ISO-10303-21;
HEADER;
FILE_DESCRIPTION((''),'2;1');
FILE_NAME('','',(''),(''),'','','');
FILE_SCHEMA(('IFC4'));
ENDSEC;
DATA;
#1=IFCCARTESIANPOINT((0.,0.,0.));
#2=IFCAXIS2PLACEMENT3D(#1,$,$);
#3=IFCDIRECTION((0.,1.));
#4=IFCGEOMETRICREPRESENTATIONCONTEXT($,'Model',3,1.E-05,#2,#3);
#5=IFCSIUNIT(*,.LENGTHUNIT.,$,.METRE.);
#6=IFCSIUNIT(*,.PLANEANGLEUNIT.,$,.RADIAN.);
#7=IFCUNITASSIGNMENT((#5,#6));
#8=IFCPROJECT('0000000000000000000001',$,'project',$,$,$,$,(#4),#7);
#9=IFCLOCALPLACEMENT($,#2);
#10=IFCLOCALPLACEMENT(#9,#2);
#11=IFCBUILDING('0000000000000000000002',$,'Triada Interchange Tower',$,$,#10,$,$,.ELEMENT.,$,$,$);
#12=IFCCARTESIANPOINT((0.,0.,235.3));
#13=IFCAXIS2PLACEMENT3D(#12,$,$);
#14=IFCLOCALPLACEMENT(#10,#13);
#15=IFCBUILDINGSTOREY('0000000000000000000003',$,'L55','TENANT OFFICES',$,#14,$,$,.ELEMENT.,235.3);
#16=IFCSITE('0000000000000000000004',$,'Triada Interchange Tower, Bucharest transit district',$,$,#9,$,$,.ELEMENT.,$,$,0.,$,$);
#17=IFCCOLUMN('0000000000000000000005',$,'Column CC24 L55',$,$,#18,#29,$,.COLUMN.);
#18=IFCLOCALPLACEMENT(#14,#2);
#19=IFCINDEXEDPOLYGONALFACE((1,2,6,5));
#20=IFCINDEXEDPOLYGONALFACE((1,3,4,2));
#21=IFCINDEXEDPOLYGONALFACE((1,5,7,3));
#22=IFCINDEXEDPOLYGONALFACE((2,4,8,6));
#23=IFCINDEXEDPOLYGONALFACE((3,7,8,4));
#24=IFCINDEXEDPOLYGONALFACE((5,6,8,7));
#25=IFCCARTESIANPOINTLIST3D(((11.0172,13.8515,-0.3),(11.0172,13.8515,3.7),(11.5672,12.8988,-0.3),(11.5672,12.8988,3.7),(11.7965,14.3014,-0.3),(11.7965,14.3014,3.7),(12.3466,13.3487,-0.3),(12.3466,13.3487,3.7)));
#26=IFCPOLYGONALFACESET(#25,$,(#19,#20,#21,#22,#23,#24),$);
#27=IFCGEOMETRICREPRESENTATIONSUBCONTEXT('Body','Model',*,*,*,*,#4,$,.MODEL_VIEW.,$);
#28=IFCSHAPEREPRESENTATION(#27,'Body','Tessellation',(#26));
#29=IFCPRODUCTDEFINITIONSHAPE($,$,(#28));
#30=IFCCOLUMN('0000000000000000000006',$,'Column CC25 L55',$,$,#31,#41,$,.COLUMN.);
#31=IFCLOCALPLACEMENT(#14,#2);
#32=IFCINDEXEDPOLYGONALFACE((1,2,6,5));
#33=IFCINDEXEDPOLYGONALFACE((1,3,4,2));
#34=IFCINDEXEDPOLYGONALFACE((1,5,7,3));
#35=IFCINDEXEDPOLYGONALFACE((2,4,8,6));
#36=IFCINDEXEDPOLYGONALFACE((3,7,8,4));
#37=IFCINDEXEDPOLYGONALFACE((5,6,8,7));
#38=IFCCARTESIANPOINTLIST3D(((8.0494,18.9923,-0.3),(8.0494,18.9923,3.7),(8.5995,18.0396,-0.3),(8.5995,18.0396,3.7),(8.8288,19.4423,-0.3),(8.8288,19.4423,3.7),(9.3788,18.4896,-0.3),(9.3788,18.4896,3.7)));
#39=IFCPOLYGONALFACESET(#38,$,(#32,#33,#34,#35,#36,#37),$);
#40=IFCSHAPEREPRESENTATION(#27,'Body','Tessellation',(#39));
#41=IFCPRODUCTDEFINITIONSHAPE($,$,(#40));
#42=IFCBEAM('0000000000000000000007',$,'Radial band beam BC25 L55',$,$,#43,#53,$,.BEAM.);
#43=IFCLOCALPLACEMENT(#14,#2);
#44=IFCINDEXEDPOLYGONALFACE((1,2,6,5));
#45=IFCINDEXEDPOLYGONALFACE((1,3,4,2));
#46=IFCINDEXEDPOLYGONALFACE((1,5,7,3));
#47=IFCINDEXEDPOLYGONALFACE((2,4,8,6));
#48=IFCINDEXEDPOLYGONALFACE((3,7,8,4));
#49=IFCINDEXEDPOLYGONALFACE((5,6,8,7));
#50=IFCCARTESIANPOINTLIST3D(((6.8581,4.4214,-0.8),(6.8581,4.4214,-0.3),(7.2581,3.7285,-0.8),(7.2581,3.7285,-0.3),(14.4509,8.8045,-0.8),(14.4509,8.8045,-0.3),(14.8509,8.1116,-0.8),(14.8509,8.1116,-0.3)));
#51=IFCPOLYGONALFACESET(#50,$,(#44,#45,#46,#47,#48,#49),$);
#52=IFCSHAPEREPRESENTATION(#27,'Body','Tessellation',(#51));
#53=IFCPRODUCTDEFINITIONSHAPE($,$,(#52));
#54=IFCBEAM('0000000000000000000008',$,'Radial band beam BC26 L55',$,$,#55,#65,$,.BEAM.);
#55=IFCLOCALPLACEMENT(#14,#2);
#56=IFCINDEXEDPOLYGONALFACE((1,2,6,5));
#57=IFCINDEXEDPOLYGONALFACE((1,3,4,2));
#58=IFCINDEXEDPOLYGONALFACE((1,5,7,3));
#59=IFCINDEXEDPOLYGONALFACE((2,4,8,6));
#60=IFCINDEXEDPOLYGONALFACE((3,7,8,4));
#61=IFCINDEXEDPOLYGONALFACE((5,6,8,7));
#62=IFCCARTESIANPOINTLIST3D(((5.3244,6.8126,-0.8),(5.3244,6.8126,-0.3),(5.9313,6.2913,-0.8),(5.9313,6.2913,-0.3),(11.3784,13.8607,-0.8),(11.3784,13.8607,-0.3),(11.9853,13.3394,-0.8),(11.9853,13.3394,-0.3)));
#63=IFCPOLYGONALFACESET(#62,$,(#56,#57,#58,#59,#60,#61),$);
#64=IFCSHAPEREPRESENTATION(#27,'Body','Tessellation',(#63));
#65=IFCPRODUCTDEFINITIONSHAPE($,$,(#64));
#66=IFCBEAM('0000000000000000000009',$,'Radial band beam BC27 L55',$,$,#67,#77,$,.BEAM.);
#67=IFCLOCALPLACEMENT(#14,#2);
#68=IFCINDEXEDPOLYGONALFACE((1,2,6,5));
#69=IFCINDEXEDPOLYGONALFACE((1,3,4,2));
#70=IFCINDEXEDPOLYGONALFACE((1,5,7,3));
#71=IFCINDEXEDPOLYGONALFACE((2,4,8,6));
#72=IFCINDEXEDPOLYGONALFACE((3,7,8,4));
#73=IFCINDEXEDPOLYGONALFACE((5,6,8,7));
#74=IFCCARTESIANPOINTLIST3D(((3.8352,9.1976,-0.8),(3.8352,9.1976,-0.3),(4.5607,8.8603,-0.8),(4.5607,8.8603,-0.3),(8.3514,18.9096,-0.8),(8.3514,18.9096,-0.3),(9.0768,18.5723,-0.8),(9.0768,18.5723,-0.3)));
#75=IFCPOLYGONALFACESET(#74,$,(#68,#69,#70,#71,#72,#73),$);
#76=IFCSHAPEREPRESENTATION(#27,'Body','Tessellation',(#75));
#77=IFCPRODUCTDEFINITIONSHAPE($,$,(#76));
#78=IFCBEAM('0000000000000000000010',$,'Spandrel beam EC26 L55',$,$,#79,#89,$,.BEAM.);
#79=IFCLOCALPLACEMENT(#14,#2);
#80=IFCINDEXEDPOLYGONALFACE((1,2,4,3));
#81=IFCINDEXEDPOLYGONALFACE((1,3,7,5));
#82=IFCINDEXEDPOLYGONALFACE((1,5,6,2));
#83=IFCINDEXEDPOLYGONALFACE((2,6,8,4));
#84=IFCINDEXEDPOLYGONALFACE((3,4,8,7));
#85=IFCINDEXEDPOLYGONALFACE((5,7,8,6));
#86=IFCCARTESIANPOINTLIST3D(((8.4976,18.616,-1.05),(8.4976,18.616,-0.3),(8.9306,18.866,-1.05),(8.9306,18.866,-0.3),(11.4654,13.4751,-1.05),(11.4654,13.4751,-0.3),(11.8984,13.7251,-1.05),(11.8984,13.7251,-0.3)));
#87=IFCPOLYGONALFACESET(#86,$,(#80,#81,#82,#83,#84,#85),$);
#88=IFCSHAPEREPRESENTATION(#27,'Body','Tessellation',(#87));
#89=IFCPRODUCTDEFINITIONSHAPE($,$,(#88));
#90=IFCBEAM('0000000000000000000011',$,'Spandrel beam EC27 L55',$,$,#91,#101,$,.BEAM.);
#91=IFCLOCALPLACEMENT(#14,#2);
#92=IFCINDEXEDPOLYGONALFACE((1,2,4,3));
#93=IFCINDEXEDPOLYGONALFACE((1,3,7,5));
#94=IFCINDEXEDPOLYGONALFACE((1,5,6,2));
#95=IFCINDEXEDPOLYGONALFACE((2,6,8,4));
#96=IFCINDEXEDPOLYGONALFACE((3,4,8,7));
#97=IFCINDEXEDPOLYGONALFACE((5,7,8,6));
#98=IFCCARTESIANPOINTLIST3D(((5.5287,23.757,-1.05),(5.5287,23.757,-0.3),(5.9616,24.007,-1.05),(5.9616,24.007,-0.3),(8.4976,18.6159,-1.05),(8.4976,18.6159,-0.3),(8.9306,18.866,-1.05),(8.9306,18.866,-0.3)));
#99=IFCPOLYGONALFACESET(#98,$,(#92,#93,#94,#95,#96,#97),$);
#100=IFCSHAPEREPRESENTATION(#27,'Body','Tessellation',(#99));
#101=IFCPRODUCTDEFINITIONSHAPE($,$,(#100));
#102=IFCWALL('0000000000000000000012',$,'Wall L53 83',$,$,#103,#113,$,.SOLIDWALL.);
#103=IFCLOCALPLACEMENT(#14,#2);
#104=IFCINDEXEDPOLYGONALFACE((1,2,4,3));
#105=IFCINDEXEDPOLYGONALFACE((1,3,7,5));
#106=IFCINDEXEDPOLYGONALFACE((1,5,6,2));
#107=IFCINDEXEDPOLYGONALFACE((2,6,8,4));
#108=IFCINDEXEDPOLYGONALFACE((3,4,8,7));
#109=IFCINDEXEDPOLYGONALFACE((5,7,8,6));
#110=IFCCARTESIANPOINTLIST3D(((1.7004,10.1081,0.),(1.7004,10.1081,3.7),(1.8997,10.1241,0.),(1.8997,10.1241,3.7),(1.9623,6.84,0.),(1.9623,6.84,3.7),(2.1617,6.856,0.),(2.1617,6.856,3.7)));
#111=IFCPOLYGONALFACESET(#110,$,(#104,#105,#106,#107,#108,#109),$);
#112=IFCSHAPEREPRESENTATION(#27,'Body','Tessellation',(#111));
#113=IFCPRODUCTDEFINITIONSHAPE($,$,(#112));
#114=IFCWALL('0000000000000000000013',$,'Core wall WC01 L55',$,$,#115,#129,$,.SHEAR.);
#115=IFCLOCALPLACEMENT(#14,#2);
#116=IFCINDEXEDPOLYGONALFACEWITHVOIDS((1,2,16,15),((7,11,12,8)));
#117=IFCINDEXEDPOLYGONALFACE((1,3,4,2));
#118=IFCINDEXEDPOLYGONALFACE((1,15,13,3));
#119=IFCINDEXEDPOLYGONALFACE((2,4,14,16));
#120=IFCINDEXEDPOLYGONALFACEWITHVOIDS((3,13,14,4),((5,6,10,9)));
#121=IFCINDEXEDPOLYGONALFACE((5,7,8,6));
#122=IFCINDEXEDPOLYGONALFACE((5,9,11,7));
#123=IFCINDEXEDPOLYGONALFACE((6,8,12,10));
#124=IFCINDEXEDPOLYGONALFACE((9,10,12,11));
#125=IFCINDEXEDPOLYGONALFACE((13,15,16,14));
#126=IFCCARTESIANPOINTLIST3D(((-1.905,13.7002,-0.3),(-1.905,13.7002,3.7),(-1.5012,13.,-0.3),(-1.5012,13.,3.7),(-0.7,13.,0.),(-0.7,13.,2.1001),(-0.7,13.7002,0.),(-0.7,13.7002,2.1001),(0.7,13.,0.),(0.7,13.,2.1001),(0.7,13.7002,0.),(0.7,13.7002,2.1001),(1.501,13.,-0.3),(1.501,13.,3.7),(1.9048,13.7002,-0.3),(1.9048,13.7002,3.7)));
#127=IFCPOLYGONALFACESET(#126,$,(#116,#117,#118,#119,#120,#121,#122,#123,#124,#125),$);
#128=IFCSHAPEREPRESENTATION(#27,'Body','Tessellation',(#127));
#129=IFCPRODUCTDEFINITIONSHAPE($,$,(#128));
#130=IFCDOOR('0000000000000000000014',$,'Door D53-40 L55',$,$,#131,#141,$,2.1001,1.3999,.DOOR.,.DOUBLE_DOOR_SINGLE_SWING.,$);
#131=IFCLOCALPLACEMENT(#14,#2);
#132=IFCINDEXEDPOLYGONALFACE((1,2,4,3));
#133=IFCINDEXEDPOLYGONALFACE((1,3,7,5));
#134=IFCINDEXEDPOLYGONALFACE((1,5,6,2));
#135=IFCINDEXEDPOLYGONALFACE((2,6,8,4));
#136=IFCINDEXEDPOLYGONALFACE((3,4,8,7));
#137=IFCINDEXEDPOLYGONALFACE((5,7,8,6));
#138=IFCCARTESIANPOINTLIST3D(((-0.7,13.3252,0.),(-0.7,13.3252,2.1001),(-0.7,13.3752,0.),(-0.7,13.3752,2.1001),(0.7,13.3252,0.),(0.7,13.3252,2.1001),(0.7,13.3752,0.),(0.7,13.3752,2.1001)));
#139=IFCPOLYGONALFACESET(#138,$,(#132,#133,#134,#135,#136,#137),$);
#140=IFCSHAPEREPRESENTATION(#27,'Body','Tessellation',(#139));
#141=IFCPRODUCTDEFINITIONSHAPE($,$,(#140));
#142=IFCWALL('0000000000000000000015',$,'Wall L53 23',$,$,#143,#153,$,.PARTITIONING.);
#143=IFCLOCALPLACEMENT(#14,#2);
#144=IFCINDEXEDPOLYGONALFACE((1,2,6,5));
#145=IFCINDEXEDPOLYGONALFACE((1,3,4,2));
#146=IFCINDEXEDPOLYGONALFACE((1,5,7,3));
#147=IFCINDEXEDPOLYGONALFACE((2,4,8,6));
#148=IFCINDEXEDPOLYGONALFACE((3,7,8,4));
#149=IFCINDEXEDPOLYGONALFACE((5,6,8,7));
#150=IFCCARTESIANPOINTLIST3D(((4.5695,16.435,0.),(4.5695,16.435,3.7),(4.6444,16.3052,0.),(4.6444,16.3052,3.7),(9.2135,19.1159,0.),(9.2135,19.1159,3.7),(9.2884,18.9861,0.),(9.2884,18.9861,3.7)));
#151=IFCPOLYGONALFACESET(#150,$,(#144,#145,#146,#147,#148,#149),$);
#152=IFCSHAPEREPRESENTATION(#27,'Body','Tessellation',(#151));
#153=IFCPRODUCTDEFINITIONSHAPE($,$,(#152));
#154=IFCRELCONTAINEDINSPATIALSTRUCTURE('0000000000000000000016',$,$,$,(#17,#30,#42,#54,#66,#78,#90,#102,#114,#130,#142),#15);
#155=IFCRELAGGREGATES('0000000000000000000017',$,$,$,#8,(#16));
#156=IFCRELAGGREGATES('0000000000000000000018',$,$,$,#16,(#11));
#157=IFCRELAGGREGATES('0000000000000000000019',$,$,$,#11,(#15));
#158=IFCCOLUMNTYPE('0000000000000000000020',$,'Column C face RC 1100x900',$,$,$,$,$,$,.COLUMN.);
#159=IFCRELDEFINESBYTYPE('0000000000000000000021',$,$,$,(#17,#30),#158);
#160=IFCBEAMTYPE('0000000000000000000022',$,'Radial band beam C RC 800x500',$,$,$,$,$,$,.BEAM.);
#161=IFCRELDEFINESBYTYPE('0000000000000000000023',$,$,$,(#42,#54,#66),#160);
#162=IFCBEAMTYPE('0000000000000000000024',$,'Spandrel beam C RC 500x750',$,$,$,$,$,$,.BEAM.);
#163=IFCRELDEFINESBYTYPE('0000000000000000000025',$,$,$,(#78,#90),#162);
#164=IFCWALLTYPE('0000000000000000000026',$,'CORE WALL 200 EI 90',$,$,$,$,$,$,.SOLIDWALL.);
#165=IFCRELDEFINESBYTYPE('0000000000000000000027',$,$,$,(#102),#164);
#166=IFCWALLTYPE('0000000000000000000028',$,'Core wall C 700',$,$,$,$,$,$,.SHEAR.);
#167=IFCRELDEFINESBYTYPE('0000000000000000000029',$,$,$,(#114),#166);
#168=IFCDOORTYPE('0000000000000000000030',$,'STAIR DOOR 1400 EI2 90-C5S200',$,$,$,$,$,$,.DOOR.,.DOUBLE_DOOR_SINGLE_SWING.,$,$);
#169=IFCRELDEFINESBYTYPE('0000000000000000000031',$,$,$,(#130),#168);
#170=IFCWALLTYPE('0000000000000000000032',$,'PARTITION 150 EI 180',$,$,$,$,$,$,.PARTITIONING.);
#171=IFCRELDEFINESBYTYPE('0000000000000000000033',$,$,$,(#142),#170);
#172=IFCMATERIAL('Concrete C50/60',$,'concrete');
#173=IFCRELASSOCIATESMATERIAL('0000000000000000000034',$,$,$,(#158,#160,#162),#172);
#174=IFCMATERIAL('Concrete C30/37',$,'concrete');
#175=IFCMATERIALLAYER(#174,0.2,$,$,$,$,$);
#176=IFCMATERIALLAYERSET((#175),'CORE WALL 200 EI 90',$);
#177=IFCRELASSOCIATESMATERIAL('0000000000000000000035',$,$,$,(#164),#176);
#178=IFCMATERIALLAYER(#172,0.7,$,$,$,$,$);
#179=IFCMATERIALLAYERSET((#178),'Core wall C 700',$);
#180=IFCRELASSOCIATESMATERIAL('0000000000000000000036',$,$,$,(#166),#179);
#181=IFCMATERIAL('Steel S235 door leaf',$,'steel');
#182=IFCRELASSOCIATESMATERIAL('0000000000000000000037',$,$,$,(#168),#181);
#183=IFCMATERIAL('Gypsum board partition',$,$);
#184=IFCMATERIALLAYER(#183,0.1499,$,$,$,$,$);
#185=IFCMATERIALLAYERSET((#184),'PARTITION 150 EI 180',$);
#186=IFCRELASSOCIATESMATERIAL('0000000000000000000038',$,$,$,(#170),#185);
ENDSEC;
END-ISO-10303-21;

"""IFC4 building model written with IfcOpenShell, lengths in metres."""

from ifc_helpers import new_model, si_unit, direction, frame, frame_2d, origin, origin_2d, place, context, subcontext, project, spatial, polyline, rectangle, outline, extrude, material, layer, layer_set, material_profile, profile_set, type_object, element, fill, save


model = new_model("IFC4")

# Units and contexts
model_context = context("Model", 3, precision=1e-05, world=origin(), true_north=direction((0.0, 1.0)))
body_context = subcontext(model_context, "Body", "Model", "MODEL_VIEW")
ifc_project = project(units=[si_unit("LENGTHUNIT", "METRE"), si_unit("PLANEANGLEUNIT", "RADIAN")], contexts=[model_context])

# Site, building, storey
site_placement = place(None, origin())
site = spatial("IfcSite", under=ifc_project, at=site_placement, Name="Triada Interchange Tower, Bucharest transit district", CompositionType="ELEMENT", RefElevation=0.0)
building_placement = place(site_placement, origin())
building = spatial("IfcBuilding", under=site, at=building_placement, Name="Triada Interchange Tower", CompositionType="ELEMENT")
storey_placement = place(building_placement, frame((0.0, 0.0, 235.3)))
storey = spatial("IfcBuildingStorey", under=building, at=storey_placement, Name="L55", Description="TENANT OFFICES", CompositionType="ELEMENT", Elevation=235.3)

# Columns
ifc_material_1 = material(Name="Concrete C50/60", Category="concrete")
ifc_material_profile_1 = material_profile(ifc_material_1, rectangle(XDim=1.1001, YDim=0.8999, at=origin_2d()), Name="RC 1100x900")
ifc_profile_set_1 = profile_set([ifc_material_profile_1], Name="Concrete C50/60")
column_type = type_object("IfcColumnType", Name="Column C face RC 1100x900", PredefinedType="COLUMN", material=ifc_profile_set_1)
for number, where, z_axis, x_axis, name in (
    (1, (11.6819, 13.6001, -0.3), (0.0, 0.0, 1.0), (-0.5, 0.866025, 0.0), "Column CC24 L55"),
    (2, (8.7141, 18.741, -0.3), (0.0, 0.0, 1.0), (-0.5, 0.866025, 0.0), "Column CC25 L55"),
):
    element("IfcColumn", number, at=place(storey_placement, frame(where, z_axis=z_axis, x_axis=x_axis)), inside=storey, type_object=column_type, Name=name, PredefinedType="COLUMN", context=body_context, shape_type="SweptSolid", body=[
        extrude(rectangle(XDim=1.1001, YDim=0.8999, at=origin_2d()), origin(), (0.0, 0.0, 1.0), 4.0),
    ])

# Beams
ifc_material_profile_2 = material_profile(ifc_material_1, rectangle(XDim=0.8, YDim=0.5, at=origin_2d()), Name="RC 800x500")
ifc_profile_set_2 = profile_set([ifc_material_profile_2], Name="Concrete C50/60")
beam_type_1 = type_object("IfcBeamType", Name="Radial band beam C RC 800x500", PredefinedType="BEAM", material=ifc_profile_set_2)
beam_1_placement = place(storey_placement, frame((14.6509, 8.458, -0.55), z_axis=(-0.866057, -0.499946, 0.0), x_axis=(0.499946, -0.866057, 0.0)))
element("IfcBeam", 3, at=beam_1_placement, inside=storey, type_object=beam_type_1, Name="Radial band beam BC25 L55", PredefinedType="BEAM", context=body_context, shape_type="SweptSolid", body=[
    extrude(rectangle(XDim=0.8, YDim=0.5, at=origin_2d()), origin(), (0.0, 0.0, 1.0), 8.7671),
])
beam_2_placement = place(storey_placement, frame((11.6819, 13.6001, -0.55), z_axis=(-0.651581, -0.758579, 0.0), x_axis=(0.758579, -0.651581, 0.0)))
element("IfcBeam", 4, at=beam_2_placement, inside=storey, type_object=beam_type_1, Name="Radial band beam BC26 L55", PredefinedType="BEAM", context=body_context, shape_type="SweptSolid", body=[
    extrude(rectangle(XDim=0.8, YDim=0.5, at=origin_2d()), origin(), (0.0, 0.0, 1.0), 9.2913),
])
beam_3_placement = place(storey_placement, frame((8.7141, 18.741, -0.55), z_axis=(-0.42165, -0.906759, 0.0), x_axis=(0.906759, -0.42165, 0.0)))
element("IfcBeam", 5, at=beam_3_placement, inside=storey, type_object=beam_type_1, Name="Radial band beam BC27 L55", PredefinedType="BEAM", context=body_context, shape_type="SweptSolid", body=[
    extrude(rectangle(XDim=0.8, YDim=0.5, at=origin_2d()), origin(), (0.0, 0.0, 1.0), 10.7107),
])
ifc_material_profile_3 = material_profile(ifc_material_1, rectangle(XDim=0.5, YDim=0.75, at=origin_2d()), Name="RC 500x750")
ifc_profile_set_3 = profile_set([ifc_material_profile_3], Name="Concrete C50/60")
beam_type_2 = type_object("IfcBeamType", Name="Spandrel beam C RC 500x750", PredefinedType="BEAM", material=ifc_profile_set_3)
beam_4_placement = place(storey_placement, frame((11.6819, 13.6001, -0.675), z_axis=(-0.499961, 0.866048, 0.0), x_axis=(-0.866048, -0.499961, 0.0)))
element("IfcBeam", 6, at=beam_4_placement, inside=storey, type_object=beam_type_2, Name="Spandrel beam EC26 L55", PredefinedType="BEAM", context=body_context, shape_type="SweptSolid", body=[
    extrude(rectangle(XDim=0.5, YDim=0.75, at=origin_2d()), origin(), (0.0, 0.0, 1.0), 5.936),
])
beam_5_placement = place(storey_placement, frame((8.7141, 18.741, -0.675), z_axis=(-0.500097, 0.865969, 0.0), x_axis=(-0.865969, -0.500097, 0.0)))
element("IfcBeam", 7, at=beam_5_placement, inside=storey, type_object=beam_type_2, Name="Spandrel beam EC27 L55", PredefinedType="BEAM", context=body_context, shape_type="SweptSolid", body=[
    extrude(rectangle(XDim=0.5, YDim=0.75, at=origin_2d()), origin(), (0.0, 0.0, 1.0), 5.9368),
])

# Wall
ifc_material_2 = material(Name="Concrete C30/37", Category="concrete")
ifc_layer_1 = layer(ifc_material_2, 0.2)
ifc_layer_set_1 = layer_set([ifc_layer_1], Name="CORE WALL 200 EI 90")
wall_type_1 = type_object("IfcWallType", Name="CORE WALL 200 EI 90", PredefinedType="SOLIDWALL", material=ifc_layer_set_1)
wall_1_placement = place(storey_placement, frame((1.8, 10.116, 0.0), z_axis=(0.0, 0.0, 1.0), x_axis=(0.079902, -0.996803, 0.0)))
element("IfcWall", 8, at=wall_1_placement, inside=storey, type_object=wall_type_1, Name="Wall L53 83", PredefinedType="SOLIDWALL", context=body_context, shape_type="SweptSolid", body=[
    extrude(rectangle(XDim=3.2786, YDim=0.2, at=frame_2d((1.6392, 0.0))), origin(), (0.0, 0.0, 1.0), 3.7),
])

# Wall, opening, door
ifc_layer_2 = layer(ifc_material_1, 0.7)
ifc_layer_set_2 = layer_set([ifc_layer_2], Name="Core wall C 700")
wall_type_2 = type_object("IfcWallType", Name="Core wall C 700", PredefinedType="SHEAR", material=ifc_layer_set_2)
wall_2_placement = place(storey_placement, frame((1.7029, 13.3501, -0.3), z_axis=(0.0, 0.0, 1.0), x_axis=(-1.0, 0.0, 0.0)))
wall_2 = element("IfcWall", 9, at=wall_2_placement, inside=storey, type_object=wall_type_2, Name="Core wall WC01 L55", PredefinedType="SHEAR", context=body_context, shape_type="SweptSolid", body=[
    extrude(outline(polyline([(-0.2019, -0.3501), (1.7031, -0.3501), (3.6079, -0.3501), (3.2041, 0.3501), (1.7031, 0.3501), (0.2019, 0.3501), (-0.2019, -0.3501)])), origin(), (0.0, 0.0, 1.0), 4.0),
])
opening_1_placement = place(wall_2_placement, frame((1.0029, 0.0, 0.3)))
opening_1 = element("IfcOpeningElement", 10, at=opening_1_placement, cuts=wall_2, PredefinedType="OPENING", context=body_context, shape_type="SweptSolid", body=[
    extrude(rectangle(XDim=1.3999, YDim=2.1001, at=frame_2d((0.7, 1.05))), frame((0.0, 0.3601, 0.0), z_axis=(0.0, -1.0, 0.0), x_axis=(1.0, 0.0, 0.0)), (0.0, 0.0, 1.0), 0.7202),
])
ifc_material_3 = material(Name="Steel S235 door leaf", Category="steel")
door_type_1 = type_object("IfcDoorType", Name="STAIR DOOR 1400 EI2 90-C5S200", OperationType="DOUBLE_DOOR_SINGLE_SWING", PredefinedType="DOOR", material=ifc_material_3)
door_1_placement = place(opening_1_placement, origin())
door_1 = element("IfcDoor", 11, at=door_1_placement, inside=storey, type_object=door_type_1, Name="Door D53-40 L55", OperationType="DOUBLE_DOOR_SINGLE_SWING", OverallHeight=2.1001, OverallWidth=1.3999, PredefinedType="DOOR", context=body_context, shape_type="SweptSolid", body=[
    extrude(rectangle(XDim=1.3999, YDim=2.1001, at=frame_2d((0.7, 1.05))), frame((0.0, 0.0249, 0.0), z_axis=(0.0, -1.0, 0.0), x_axis=(1.0, 0.0, 0.0)), (0.0, 0.0, 1.0), 0.05),
])
fill(opening_1, door_1)

# Wall
ifc_material_4 = material(Name="Gypsum board partition")
ifc_layer_3 = layer(ifc_material_4, 0.1499)
ifc_layer_set_3 = layer_set([ifc_layer_3], Name="PARTITION 150 EI 180")
wall_type_3 = type_object("IfcWallType", Name="PARTITION 150 EI 180", PredefinedType="PARTITIONING", material=ifc_layer_set_3)
wall_3_placement = place(storey_placement, frame((4.6069, 16.3701, 0.0), z_axis=(0.0, 0.0, 1.0), x_axis=(0.866052, 0.499954, 0.0)))
element("IfcWall", 12, at=wall_3_placement, inside=storey, type_object=wall_type_3, Name="Wall L53 23", PredefinedType="PARTITIONING", context=body_context, shape_type="SweptSolid", body=[
    extrude(rectangle(XDim=5.3623, YDim=0.1499, at=frame_2d((2.6812, 0.0))), origin(), (0.0, 0.0, 1.0), 3.7),
])

save(model, "model.ifc")
